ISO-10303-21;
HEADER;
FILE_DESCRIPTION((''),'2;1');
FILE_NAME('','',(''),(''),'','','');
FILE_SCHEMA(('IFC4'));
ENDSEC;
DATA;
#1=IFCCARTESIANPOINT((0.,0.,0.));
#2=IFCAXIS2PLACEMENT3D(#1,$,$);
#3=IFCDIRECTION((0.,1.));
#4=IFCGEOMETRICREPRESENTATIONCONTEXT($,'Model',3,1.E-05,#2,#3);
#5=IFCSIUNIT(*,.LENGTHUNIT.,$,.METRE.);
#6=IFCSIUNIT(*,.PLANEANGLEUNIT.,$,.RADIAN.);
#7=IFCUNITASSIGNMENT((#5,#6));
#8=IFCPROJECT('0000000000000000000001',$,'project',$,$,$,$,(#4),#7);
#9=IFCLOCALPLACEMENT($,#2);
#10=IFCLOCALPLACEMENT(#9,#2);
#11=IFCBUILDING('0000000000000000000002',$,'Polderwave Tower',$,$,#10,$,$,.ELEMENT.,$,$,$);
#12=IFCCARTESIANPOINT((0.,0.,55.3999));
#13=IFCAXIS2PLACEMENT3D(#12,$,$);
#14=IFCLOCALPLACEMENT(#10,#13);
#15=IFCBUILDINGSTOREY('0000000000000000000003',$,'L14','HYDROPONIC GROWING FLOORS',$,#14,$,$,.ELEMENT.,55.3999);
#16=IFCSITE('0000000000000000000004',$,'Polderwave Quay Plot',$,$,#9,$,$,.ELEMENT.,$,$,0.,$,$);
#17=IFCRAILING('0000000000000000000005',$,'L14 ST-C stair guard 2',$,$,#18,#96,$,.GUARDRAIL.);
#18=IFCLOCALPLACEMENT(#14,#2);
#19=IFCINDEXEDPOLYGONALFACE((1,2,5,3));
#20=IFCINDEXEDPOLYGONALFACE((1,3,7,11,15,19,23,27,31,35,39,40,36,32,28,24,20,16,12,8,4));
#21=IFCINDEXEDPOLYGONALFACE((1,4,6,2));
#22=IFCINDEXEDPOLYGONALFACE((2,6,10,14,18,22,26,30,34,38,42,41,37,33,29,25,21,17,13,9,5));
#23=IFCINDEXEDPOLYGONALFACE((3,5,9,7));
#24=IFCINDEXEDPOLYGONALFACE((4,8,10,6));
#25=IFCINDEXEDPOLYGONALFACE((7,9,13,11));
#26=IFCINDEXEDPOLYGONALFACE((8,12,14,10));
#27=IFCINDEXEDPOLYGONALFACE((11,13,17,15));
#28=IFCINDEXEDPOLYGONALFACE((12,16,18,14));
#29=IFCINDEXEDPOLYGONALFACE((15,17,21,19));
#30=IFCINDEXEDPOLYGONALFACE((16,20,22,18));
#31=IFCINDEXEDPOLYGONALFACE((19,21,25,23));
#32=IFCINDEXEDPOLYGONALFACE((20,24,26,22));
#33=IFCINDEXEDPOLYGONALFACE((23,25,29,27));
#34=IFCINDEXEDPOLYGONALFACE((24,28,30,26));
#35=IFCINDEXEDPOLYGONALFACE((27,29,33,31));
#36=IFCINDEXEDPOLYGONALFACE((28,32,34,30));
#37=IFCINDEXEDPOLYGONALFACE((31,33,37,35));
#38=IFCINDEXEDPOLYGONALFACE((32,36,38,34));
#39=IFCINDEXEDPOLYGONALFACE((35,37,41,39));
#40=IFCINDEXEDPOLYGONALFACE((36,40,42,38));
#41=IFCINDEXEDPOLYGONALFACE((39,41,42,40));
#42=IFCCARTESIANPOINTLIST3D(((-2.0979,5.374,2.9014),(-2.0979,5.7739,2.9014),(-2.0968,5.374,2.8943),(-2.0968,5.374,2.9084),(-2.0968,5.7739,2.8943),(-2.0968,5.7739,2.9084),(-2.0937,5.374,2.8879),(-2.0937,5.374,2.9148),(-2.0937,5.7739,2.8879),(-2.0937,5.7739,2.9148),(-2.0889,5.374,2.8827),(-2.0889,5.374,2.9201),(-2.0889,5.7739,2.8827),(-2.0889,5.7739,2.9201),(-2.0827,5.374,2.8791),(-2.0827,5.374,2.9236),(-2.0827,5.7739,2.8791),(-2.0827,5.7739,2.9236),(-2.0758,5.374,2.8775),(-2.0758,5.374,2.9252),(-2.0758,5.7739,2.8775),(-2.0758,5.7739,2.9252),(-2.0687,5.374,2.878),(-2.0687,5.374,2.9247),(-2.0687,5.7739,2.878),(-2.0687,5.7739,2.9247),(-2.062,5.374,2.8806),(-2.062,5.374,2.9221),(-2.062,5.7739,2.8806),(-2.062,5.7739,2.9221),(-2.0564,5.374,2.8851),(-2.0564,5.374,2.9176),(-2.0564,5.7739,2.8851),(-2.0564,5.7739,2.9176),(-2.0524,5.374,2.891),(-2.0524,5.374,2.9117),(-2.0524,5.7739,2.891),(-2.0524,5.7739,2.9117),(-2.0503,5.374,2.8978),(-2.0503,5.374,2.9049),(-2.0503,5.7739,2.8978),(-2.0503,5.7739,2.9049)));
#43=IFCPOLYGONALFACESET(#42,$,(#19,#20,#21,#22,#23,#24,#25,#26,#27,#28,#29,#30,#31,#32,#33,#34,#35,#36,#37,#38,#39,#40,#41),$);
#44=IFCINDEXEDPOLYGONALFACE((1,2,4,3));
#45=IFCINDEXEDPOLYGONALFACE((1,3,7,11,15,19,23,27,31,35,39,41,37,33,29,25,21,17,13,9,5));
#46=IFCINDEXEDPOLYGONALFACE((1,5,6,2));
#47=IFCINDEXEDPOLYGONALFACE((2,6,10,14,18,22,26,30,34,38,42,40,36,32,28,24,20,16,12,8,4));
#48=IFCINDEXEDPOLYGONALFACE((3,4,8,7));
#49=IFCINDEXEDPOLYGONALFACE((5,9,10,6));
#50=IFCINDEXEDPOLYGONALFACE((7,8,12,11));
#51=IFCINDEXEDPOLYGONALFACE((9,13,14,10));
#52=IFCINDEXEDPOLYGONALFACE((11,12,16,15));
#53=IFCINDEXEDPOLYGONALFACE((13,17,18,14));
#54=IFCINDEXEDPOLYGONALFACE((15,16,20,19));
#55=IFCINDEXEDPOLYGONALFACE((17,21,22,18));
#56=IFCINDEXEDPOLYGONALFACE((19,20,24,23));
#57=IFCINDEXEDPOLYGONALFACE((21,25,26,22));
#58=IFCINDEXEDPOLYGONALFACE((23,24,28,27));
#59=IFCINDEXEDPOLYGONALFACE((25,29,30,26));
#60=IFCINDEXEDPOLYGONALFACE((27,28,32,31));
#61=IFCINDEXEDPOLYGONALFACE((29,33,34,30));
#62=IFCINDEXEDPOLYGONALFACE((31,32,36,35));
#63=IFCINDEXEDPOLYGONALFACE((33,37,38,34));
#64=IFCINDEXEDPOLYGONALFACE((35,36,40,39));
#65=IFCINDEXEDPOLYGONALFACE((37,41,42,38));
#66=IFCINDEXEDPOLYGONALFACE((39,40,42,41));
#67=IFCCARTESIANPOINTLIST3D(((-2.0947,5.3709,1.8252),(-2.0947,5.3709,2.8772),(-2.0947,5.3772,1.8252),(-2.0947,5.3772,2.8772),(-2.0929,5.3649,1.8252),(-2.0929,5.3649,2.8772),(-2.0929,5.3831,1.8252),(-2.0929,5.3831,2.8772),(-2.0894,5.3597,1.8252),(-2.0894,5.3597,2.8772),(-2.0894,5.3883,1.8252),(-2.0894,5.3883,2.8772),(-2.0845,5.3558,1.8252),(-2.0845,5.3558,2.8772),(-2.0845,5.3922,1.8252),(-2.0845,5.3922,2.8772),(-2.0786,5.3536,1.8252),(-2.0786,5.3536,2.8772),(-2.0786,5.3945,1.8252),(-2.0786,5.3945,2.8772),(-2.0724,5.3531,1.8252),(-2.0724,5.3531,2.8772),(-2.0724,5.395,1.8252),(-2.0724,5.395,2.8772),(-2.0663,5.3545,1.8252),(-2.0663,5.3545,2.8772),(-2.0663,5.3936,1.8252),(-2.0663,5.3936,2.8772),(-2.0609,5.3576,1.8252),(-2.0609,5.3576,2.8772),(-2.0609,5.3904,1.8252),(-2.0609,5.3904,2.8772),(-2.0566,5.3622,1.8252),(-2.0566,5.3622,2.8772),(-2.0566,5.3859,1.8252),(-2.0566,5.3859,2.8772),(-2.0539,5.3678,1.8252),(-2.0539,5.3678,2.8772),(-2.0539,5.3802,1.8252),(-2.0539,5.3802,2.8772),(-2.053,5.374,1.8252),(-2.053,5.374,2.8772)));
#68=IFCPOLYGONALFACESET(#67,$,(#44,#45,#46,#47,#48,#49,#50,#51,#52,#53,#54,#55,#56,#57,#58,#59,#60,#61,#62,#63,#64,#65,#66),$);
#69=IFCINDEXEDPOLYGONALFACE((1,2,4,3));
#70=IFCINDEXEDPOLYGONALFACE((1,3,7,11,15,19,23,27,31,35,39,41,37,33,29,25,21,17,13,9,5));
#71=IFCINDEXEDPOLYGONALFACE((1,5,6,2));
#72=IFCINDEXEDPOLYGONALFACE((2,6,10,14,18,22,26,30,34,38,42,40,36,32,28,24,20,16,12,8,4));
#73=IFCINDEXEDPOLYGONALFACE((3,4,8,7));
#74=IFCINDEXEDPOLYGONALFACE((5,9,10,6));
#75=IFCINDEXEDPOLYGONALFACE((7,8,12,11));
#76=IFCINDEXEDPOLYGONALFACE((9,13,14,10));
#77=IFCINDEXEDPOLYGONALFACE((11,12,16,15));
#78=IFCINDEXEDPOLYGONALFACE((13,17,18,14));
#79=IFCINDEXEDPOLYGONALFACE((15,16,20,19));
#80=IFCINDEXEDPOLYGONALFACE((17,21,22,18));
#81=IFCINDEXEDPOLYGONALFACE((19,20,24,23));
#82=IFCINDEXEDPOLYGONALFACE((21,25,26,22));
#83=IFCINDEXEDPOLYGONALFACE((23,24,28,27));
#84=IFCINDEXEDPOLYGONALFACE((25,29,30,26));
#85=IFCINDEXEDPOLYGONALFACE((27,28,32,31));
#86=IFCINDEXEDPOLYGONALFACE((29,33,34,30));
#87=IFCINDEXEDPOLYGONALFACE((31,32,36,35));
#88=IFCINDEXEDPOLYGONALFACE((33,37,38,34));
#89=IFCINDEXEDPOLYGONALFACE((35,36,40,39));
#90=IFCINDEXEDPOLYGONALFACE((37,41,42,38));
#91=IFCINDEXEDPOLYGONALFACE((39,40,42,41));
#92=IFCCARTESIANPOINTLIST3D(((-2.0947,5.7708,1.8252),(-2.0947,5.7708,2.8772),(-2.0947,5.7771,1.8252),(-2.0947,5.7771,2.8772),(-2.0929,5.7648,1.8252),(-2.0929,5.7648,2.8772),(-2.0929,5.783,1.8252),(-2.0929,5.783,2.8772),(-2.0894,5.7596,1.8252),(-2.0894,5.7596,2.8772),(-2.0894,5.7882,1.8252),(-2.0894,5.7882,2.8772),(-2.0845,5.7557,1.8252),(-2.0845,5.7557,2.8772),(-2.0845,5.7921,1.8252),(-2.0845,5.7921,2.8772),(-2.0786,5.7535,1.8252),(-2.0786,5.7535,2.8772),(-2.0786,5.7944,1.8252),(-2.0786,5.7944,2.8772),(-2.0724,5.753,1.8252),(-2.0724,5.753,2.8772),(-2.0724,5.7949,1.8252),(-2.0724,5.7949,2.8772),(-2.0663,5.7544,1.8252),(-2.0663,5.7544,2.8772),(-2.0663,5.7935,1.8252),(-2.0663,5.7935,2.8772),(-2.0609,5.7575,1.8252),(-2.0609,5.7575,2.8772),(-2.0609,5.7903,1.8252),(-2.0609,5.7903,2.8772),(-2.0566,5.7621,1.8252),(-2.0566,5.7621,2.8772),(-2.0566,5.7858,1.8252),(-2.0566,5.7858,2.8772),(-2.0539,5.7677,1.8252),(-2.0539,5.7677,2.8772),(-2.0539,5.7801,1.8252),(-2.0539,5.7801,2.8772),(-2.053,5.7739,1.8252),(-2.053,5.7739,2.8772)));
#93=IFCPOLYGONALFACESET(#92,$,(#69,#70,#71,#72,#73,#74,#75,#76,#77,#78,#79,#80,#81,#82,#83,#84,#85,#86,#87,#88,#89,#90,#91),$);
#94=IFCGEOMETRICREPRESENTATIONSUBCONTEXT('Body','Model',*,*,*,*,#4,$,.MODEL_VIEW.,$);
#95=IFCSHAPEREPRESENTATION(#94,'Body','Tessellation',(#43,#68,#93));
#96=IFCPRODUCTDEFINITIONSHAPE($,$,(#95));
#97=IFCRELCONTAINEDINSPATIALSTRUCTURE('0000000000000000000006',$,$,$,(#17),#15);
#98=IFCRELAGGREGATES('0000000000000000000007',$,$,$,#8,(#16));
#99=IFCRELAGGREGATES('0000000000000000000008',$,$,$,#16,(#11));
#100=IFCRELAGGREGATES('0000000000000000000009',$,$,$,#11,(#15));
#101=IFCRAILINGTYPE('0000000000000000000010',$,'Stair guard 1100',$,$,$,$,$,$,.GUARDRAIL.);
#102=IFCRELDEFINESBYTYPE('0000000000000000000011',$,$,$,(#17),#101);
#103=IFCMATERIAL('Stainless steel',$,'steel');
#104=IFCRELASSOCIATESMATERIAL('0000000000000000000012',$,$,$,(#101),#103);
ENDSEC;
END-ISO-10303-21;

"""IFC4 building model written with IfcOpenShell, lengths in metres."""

from ifc_helpers import new_model, si_unit, direction, frame, origin, origin_2d, place, context, subcontext, project, spatial, circle, extrude, material, type_object, element, save


model = new_model("IFC4")

# Units and contexts
model_context = context("Model", 3, precision=1e-05, world=origin(), true_north=direction((0.0, 1.0)))
body_context = subcontext(model_context, "Body", "Model", "MODEL_VIEW")
ifc_project = project(units=[si_unit("LENGTHUNIT", "METRE"), si_unit("PLANEANGLEUNIT", "RADIAN")], contexts=[model_context])

# Site, building, storey
site_placement = place(None, origin())
site = spatial("IfcSite", under=ifc_project, at=site_placement, Name="Polderwave Quay Plot", CompositionType="ELEMENT", RefElevation=0.0)
building_placement = place(site_placement, origin())
building = spatial("IfcBuilding", under=site, at=building_placement, Name="Polderwave Tower", CompositionType="ELEMENT")
storey_placement = place(building_placement, frame((0.0, 0.0, 55.3999)))
storey = spatial("IfcBuildingStorey", under=building, at=storey_placement, Name="L14", Description="HYDROPONIC GROWING FLOORS", CompositionType="ELEMENT", Elevation=55.3999)

# Railing
ifc_material_1 = material(Name="Stainless steel", Category="steel")
railing_type_1 = type_object("IfcRailingType", Name="Stair guard 1100", PredefinedType="GUARDRAIL", material=ifc_material_1)
railing_1_placement = place(storey_placement, frame((-2.074, 5.374, 1.8252)))
element("IfcRailing", 1, at=railing_1_placement, inside=storey, type_object=railing_type_1, Name="L14 ST-C stair guard 2", PredefinedType="GUARDRAIL", context=body_context, shape_type="SweptSolid", body=[
    extrude(circle(Radius=0.0239, at=origin_2d()), frame((0.0, 0.0, 1.0762), z_axis=(0.0, 1.0, 0.0), x_axis=(-1.0, 0.0, 0.0)), (0.0, 0.0, 1.0), 0.3999),
    extrude(circle(Radius=0.021, at=origin_2d()), origin(), (0.0, 0.0, 1.0), 1.052),
    extrude(circle(Radius=0.021, at=origin_2d()), frame((0.0, 0.3999, 0.0)), (0.0, 0.0, 1.0), 1.052),
])

save(model, "model.ifc")
